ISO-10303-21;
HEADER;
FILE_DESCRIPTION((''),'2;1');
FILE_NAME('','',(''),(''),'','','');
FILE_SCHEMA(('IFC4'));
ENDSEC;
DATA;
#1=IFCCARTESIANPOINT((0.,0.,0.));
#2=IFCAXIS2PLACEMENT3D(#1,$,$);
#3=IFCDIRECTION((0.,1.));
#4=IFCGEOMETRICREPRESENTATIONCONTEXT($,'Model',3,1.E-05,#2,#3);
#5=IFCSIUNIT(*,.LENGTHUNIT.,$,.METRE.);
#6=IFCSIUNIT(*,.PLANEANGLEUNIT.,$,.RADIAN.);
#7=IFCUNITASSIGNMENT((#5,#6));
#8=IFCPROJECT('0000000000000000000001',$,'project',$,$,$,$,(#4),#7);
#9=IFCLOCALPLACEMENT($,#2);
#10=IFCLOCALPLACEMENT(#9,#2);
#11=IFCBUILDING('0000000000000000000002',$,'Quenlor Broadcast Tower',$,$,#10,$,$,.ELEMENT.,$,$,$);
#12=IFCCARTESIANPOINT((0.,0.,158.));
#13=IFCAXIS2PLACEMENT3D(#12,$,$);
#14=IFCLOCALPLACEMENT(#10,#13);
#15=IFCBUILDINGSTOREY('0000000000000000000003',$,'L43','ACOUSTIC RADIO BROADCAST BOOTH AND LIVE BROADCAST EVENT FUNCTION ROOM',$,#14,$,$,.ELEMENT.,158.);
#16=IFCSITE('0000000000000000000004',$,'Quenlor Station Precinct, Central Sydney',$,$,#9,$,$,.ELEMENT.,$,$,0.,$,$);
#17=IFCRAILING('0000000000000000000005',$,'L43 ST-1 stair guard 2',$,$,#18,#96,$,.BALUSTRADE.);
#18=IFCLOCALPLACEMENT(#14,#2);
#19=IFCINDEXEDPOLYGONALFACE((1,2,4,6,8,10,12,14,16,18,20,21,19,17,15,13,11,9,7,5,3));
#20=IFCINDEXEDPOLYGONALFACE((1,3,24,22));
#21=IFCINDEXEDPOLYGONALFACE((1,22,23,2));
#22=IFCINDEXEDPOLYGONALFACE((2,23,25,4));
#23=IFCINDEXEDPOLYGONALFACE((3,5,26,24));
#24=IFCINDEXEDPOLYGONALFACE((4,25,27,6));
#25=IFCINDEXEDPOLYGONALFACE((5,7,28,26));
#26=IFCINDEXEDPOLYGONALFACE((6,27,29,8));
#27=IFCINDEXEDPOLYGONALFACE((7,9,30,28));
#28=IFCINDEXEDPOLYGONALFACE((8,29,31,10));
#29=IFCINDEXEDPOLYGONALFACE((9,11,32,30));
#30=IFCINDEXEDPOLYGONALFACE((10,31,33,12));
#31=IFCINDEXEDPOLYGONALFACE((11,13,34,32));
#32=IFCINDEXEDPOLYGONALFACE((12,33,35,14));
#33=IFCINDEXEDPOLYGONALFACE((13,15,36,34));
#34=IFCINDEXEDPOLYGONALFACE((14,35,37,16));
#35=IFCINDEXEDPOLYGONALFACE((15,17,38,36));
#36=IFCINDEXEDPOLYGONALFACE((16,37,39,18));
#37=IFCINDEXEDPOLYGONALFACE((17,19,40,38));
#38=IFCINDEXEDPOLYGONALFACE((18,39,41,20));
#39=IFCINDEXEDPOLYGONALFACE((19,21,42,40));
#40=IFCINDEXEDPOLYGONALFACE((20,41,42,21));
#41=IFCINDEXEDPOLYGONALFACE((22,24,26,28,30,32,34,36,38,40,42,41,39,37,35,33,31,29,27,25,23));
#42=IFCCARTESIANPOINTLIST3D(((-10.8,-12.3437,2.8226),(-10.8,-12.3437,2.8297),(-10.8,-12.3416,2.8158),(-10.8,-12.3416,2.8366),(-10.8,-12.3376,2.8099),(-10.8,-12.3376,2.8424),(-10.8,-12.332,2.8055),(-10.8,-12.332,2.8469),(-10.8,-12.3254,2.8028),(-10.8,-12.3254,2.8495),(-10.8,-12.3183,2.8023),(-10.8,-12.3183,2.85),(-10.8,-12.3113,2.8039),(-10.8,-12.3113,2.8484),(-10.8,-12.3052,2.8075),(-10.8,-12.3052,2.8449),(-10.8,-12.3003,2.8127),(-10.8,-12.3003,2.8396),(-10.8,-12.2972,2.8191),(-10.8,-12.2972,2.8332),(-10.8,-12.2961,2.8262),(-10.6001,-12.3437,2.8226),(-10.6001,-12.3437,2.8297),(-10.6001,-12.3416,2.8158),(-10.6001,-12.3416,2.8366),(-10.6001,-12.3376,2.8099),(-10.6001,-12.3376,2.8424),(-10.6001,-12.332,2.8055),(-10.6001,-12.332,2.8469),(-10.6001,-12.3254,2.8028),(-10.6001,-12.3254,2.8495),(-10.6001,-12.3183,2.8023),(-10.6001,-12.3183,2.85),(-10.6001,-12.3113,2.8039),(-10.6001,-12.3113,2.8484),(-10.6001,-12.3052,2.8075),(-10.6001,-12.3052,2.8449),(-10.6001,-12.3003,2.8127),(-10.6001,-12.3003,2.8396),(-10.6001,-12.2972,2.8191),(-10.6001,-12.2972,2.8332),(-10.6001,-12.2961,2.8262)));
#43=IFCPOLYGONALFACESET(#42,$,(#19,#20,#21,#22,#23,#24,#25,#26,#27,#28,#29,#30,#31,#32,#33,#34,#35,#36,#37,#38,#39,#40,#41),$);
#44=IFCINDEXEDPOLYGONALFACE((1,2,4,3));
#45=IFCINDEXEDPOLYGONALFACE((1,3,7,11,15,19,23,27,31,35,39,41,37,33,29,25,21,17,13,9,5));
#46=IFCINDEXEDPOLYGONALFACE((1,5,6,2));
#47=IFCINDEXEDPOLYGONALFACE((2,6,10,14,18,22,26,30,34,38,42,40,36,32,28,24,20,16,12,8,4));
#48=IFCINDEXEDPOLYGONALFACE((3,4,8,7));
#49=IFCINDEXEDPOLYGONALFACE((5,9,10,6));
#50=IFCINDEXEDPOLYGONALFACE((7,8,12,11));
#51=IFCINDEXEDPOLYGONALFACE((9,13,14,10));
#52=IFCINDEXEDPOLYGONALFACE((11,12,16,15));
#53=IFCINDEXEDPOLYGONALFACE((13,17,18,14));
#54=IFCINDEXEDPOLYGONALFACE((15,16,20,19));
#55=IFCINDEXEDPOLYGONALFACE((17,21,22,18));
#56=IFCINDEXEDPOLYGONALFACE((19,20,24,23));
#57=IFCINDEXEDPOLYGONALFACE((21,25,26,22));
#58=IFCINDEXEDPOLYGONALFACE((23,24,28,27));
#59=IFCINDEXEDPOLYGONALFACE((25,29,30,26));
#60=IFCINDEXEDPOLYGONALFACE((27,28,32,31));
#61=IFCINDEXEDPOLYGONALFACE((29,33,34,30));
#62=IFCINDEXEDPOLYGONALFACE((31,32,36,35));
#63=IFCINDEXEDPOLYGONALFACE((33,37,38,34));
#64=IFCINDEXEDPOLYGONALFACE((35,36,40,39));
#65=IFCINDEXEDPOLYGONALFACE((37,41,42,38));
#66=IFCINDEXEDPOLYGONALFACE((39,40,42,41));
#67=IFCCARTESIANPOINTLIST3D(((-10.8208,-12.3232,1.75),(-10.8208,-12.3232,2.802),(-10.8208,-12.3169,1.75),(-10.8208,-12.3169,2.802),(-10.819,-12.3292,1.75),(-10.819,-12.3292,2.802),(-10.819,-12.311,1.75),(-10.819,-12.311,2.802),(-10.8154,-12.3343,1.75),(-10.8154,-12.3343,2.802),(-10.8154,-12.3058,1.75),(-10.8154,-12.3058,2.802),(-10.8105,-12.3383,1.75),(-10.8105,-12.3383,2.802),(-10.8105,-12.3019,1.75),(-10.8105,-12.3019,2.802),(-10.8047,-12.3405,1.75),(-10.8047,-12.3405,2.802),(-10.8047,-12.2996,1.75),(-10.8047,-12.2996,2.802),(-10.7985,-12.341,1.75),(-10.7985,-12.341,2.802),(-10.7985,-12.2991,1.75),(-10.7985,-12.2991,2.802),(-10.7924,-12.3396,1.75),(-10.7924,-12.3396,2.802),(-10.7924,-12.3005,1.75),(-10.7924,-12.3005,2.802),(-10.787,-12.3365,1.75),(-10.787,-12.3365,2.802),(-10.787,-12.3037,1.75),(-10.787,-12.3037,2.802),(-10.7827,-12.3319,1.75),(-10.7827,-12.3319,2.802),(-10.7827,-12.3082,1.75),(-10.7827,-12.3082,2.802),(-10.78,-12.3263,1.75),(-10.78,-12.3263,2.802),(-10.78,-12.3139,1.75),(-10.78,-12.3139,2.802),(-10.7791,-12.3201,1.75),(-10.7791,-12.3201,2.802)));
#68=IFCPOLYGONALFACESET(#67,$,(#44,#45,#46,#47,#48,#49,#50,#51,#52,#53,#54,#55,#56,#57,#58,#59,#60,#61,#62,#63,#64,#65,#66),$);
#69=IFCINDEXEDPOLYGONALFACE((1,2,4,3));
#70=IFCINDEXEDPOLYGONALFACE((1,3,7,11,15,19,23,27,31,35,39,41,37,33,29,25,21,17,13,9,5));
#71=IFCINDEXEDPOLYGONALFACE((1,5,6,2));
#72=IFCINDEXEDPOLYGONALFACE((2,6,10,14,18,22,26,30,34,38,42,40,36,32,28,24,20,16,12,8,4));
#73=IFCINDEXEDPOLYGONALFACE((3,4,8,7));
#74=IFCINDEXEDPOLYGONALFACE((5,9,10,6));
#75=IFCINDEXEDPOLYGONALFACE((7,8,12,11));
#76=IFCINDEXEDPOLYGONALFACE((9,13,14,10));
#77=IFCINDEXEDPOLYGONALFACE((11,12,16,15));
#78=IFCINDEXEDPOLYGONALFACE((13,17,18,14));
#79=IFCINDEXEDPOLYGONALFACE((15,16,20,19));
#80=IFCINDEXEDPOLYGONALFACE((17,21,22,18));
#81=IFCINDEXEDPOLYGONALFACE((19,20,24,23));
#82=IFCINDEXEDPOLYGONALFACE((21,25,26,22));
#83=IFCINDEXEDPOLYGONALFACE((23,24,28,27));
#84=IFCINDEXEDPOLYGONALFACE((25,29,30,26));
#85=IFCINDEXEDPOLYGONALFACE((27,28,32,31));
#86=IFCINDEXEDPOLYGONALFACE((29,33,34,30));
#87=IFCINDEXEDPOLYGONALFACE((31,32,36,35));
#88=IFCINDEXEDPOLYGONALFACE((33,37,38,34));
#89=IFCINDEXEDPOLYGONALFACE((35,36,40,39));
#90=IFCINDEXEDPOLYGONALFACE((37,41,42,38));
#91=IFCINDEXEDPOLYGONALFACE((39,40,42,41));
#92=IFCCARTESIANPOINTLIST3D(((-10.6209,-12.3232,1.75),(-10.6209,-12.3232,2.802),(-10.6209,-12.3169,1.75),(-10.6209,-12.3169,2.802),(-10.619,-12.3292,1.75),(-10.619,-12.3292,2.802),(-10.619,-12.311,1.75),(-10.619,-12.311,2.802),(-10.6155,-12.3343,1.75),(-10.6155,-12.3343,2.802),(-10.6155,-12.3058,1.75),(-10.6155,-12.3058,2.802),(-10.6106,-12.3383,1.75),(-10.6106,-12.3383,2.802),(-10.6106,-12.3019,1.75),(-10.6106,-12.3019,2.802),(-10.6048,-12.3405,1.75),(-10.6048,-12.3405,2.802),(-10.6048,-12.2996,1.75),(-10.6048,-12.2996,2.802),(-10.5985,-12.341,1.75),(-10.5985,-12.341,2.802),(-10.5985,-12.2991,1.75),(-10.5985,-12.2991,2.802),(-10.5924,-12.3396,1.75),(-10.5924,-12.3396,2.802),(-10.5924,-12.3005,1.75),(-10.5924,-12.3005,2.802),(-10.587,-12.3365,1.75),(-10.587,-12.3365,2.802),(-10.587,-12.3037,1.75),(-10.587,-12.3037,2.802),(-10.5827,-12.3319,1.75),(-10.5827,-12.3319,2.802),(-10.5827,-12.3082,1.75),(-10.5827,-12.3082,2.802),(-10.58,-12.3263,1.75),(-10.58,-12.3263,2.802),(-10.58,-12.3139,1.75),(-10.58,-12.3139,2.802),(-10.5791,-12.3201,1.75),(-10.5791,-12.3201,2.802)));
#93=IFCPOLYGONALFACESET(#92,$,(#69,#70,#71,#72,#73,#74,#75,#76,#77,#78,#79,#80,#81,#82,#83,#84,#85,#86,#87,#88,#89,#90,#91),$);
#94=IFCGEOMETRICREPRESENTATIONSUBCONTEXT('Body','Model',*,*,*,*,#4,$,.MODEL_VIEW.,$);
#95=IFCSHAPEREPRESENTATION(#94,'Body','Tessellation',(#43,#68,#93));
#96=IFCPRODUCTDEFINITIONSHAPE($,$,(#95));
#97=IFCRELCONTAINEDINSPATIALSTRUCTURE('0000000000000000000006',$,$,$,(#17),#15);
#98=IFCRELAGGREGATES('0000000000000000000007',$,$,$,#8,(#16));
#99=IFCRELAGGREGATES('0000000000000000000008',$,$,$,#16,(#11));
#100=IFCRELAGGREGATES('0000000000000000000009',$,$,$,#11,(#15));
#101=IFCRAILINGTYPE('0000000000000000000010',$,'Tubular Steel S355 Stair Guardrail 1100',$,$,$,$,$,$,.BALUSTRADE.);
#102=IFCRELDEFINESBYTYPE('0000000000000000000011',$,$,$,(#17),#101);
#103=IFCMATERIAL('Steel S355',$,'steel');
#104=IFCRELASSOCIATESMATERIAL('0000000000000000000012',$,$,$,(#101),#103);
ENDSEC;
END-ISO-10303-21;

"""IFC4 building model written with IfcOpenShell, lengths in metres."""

from ifc_helpers import new_model, si_unit, direction, frame, origin, origin_2d, place, context, subcontext, project, spatial, circle, extrude, material, type_object, element, save


model = new_model("IFC4")

# Units and contexts
model_context = context("Model", 3, precision=1e-05, world=origin(), true_north=direction((0.0, 1.0)))
body_context = subcontext(model_context, "Body", "Model", "MODEL_VIEW")
ifc_project = project(units=[si_unit("LENGTHUNIT", "METRE"), si_unit("PLANEANGLEUNIT", "RADIAN")], contexts=[model_context])

# Site, building, storey
site_placement = place(None, origin())
site = spatial("IfcSite", under=ifc_project, at=site_placement, Name="Quenlor Station Precinct, Central Sydney", CompositionType="ELEMENT", RefElevation=0.0)
building_placement = place(site_placement, origin())
building = spatial("IfcBuilding", under=site, at=building_placement, Name="Quenlor Broadcast Tower", CompositionType="ELEMENT")
storey_placement = place(building_placement, frame((0.0, 0.0, 158.0)))
storey = spatial("IfcBuildingStorey", under=building, at=storey_placement, Name="L43", Description="ACOUSTIC RADIO BROADCAST BOOTH AND LIVE BROADCAST EVENT FUNCTION ROOM", CompositionType="ELEMENT", Elevation=158.0)

# Railing
ifc_material_1 = material(Name="Steel S355", Category="steel")
railing_type_1 = type_object("IfcRailingType", Name="Tubular Steel S355 Stair Guardrail 1100", PredefinedType="BALUSTRADE", material=ifc_material_1)
railing_1_placement = place(storey_placement, frame((-10.8, -12.3201, 1.75)))
element("IfcRailing", 1, at=railing_1_placement, inside=storey, type_object=railing_type_1, Name="L43 ST-1 stair guard 2", PredefinedType="BALUSTRADE", context=body_context, shape_type="SweptSolid", body=[
    extrude(circle(Radius=0.0239, at=origin_2d()), frame((0.0, 0.0, 1.0762), z_axis=(1.0, 0.0, 0.0), x_axis=(0.0, 1.0, 0.0)), (0.0, 0.0, 1.0), 0.2),
    extrude(circle(Radius=0.021, at=origin_2d()), origin(), (0.0, 0.0, 1.0), 1.052),
    extrude(circle(Radius=0.021, at=origin_2d()), frame((0.2, 0.0, 0.0)), (0.0, 0.0, 1.0), 1.052),
])

save(model, "model.ifc")
